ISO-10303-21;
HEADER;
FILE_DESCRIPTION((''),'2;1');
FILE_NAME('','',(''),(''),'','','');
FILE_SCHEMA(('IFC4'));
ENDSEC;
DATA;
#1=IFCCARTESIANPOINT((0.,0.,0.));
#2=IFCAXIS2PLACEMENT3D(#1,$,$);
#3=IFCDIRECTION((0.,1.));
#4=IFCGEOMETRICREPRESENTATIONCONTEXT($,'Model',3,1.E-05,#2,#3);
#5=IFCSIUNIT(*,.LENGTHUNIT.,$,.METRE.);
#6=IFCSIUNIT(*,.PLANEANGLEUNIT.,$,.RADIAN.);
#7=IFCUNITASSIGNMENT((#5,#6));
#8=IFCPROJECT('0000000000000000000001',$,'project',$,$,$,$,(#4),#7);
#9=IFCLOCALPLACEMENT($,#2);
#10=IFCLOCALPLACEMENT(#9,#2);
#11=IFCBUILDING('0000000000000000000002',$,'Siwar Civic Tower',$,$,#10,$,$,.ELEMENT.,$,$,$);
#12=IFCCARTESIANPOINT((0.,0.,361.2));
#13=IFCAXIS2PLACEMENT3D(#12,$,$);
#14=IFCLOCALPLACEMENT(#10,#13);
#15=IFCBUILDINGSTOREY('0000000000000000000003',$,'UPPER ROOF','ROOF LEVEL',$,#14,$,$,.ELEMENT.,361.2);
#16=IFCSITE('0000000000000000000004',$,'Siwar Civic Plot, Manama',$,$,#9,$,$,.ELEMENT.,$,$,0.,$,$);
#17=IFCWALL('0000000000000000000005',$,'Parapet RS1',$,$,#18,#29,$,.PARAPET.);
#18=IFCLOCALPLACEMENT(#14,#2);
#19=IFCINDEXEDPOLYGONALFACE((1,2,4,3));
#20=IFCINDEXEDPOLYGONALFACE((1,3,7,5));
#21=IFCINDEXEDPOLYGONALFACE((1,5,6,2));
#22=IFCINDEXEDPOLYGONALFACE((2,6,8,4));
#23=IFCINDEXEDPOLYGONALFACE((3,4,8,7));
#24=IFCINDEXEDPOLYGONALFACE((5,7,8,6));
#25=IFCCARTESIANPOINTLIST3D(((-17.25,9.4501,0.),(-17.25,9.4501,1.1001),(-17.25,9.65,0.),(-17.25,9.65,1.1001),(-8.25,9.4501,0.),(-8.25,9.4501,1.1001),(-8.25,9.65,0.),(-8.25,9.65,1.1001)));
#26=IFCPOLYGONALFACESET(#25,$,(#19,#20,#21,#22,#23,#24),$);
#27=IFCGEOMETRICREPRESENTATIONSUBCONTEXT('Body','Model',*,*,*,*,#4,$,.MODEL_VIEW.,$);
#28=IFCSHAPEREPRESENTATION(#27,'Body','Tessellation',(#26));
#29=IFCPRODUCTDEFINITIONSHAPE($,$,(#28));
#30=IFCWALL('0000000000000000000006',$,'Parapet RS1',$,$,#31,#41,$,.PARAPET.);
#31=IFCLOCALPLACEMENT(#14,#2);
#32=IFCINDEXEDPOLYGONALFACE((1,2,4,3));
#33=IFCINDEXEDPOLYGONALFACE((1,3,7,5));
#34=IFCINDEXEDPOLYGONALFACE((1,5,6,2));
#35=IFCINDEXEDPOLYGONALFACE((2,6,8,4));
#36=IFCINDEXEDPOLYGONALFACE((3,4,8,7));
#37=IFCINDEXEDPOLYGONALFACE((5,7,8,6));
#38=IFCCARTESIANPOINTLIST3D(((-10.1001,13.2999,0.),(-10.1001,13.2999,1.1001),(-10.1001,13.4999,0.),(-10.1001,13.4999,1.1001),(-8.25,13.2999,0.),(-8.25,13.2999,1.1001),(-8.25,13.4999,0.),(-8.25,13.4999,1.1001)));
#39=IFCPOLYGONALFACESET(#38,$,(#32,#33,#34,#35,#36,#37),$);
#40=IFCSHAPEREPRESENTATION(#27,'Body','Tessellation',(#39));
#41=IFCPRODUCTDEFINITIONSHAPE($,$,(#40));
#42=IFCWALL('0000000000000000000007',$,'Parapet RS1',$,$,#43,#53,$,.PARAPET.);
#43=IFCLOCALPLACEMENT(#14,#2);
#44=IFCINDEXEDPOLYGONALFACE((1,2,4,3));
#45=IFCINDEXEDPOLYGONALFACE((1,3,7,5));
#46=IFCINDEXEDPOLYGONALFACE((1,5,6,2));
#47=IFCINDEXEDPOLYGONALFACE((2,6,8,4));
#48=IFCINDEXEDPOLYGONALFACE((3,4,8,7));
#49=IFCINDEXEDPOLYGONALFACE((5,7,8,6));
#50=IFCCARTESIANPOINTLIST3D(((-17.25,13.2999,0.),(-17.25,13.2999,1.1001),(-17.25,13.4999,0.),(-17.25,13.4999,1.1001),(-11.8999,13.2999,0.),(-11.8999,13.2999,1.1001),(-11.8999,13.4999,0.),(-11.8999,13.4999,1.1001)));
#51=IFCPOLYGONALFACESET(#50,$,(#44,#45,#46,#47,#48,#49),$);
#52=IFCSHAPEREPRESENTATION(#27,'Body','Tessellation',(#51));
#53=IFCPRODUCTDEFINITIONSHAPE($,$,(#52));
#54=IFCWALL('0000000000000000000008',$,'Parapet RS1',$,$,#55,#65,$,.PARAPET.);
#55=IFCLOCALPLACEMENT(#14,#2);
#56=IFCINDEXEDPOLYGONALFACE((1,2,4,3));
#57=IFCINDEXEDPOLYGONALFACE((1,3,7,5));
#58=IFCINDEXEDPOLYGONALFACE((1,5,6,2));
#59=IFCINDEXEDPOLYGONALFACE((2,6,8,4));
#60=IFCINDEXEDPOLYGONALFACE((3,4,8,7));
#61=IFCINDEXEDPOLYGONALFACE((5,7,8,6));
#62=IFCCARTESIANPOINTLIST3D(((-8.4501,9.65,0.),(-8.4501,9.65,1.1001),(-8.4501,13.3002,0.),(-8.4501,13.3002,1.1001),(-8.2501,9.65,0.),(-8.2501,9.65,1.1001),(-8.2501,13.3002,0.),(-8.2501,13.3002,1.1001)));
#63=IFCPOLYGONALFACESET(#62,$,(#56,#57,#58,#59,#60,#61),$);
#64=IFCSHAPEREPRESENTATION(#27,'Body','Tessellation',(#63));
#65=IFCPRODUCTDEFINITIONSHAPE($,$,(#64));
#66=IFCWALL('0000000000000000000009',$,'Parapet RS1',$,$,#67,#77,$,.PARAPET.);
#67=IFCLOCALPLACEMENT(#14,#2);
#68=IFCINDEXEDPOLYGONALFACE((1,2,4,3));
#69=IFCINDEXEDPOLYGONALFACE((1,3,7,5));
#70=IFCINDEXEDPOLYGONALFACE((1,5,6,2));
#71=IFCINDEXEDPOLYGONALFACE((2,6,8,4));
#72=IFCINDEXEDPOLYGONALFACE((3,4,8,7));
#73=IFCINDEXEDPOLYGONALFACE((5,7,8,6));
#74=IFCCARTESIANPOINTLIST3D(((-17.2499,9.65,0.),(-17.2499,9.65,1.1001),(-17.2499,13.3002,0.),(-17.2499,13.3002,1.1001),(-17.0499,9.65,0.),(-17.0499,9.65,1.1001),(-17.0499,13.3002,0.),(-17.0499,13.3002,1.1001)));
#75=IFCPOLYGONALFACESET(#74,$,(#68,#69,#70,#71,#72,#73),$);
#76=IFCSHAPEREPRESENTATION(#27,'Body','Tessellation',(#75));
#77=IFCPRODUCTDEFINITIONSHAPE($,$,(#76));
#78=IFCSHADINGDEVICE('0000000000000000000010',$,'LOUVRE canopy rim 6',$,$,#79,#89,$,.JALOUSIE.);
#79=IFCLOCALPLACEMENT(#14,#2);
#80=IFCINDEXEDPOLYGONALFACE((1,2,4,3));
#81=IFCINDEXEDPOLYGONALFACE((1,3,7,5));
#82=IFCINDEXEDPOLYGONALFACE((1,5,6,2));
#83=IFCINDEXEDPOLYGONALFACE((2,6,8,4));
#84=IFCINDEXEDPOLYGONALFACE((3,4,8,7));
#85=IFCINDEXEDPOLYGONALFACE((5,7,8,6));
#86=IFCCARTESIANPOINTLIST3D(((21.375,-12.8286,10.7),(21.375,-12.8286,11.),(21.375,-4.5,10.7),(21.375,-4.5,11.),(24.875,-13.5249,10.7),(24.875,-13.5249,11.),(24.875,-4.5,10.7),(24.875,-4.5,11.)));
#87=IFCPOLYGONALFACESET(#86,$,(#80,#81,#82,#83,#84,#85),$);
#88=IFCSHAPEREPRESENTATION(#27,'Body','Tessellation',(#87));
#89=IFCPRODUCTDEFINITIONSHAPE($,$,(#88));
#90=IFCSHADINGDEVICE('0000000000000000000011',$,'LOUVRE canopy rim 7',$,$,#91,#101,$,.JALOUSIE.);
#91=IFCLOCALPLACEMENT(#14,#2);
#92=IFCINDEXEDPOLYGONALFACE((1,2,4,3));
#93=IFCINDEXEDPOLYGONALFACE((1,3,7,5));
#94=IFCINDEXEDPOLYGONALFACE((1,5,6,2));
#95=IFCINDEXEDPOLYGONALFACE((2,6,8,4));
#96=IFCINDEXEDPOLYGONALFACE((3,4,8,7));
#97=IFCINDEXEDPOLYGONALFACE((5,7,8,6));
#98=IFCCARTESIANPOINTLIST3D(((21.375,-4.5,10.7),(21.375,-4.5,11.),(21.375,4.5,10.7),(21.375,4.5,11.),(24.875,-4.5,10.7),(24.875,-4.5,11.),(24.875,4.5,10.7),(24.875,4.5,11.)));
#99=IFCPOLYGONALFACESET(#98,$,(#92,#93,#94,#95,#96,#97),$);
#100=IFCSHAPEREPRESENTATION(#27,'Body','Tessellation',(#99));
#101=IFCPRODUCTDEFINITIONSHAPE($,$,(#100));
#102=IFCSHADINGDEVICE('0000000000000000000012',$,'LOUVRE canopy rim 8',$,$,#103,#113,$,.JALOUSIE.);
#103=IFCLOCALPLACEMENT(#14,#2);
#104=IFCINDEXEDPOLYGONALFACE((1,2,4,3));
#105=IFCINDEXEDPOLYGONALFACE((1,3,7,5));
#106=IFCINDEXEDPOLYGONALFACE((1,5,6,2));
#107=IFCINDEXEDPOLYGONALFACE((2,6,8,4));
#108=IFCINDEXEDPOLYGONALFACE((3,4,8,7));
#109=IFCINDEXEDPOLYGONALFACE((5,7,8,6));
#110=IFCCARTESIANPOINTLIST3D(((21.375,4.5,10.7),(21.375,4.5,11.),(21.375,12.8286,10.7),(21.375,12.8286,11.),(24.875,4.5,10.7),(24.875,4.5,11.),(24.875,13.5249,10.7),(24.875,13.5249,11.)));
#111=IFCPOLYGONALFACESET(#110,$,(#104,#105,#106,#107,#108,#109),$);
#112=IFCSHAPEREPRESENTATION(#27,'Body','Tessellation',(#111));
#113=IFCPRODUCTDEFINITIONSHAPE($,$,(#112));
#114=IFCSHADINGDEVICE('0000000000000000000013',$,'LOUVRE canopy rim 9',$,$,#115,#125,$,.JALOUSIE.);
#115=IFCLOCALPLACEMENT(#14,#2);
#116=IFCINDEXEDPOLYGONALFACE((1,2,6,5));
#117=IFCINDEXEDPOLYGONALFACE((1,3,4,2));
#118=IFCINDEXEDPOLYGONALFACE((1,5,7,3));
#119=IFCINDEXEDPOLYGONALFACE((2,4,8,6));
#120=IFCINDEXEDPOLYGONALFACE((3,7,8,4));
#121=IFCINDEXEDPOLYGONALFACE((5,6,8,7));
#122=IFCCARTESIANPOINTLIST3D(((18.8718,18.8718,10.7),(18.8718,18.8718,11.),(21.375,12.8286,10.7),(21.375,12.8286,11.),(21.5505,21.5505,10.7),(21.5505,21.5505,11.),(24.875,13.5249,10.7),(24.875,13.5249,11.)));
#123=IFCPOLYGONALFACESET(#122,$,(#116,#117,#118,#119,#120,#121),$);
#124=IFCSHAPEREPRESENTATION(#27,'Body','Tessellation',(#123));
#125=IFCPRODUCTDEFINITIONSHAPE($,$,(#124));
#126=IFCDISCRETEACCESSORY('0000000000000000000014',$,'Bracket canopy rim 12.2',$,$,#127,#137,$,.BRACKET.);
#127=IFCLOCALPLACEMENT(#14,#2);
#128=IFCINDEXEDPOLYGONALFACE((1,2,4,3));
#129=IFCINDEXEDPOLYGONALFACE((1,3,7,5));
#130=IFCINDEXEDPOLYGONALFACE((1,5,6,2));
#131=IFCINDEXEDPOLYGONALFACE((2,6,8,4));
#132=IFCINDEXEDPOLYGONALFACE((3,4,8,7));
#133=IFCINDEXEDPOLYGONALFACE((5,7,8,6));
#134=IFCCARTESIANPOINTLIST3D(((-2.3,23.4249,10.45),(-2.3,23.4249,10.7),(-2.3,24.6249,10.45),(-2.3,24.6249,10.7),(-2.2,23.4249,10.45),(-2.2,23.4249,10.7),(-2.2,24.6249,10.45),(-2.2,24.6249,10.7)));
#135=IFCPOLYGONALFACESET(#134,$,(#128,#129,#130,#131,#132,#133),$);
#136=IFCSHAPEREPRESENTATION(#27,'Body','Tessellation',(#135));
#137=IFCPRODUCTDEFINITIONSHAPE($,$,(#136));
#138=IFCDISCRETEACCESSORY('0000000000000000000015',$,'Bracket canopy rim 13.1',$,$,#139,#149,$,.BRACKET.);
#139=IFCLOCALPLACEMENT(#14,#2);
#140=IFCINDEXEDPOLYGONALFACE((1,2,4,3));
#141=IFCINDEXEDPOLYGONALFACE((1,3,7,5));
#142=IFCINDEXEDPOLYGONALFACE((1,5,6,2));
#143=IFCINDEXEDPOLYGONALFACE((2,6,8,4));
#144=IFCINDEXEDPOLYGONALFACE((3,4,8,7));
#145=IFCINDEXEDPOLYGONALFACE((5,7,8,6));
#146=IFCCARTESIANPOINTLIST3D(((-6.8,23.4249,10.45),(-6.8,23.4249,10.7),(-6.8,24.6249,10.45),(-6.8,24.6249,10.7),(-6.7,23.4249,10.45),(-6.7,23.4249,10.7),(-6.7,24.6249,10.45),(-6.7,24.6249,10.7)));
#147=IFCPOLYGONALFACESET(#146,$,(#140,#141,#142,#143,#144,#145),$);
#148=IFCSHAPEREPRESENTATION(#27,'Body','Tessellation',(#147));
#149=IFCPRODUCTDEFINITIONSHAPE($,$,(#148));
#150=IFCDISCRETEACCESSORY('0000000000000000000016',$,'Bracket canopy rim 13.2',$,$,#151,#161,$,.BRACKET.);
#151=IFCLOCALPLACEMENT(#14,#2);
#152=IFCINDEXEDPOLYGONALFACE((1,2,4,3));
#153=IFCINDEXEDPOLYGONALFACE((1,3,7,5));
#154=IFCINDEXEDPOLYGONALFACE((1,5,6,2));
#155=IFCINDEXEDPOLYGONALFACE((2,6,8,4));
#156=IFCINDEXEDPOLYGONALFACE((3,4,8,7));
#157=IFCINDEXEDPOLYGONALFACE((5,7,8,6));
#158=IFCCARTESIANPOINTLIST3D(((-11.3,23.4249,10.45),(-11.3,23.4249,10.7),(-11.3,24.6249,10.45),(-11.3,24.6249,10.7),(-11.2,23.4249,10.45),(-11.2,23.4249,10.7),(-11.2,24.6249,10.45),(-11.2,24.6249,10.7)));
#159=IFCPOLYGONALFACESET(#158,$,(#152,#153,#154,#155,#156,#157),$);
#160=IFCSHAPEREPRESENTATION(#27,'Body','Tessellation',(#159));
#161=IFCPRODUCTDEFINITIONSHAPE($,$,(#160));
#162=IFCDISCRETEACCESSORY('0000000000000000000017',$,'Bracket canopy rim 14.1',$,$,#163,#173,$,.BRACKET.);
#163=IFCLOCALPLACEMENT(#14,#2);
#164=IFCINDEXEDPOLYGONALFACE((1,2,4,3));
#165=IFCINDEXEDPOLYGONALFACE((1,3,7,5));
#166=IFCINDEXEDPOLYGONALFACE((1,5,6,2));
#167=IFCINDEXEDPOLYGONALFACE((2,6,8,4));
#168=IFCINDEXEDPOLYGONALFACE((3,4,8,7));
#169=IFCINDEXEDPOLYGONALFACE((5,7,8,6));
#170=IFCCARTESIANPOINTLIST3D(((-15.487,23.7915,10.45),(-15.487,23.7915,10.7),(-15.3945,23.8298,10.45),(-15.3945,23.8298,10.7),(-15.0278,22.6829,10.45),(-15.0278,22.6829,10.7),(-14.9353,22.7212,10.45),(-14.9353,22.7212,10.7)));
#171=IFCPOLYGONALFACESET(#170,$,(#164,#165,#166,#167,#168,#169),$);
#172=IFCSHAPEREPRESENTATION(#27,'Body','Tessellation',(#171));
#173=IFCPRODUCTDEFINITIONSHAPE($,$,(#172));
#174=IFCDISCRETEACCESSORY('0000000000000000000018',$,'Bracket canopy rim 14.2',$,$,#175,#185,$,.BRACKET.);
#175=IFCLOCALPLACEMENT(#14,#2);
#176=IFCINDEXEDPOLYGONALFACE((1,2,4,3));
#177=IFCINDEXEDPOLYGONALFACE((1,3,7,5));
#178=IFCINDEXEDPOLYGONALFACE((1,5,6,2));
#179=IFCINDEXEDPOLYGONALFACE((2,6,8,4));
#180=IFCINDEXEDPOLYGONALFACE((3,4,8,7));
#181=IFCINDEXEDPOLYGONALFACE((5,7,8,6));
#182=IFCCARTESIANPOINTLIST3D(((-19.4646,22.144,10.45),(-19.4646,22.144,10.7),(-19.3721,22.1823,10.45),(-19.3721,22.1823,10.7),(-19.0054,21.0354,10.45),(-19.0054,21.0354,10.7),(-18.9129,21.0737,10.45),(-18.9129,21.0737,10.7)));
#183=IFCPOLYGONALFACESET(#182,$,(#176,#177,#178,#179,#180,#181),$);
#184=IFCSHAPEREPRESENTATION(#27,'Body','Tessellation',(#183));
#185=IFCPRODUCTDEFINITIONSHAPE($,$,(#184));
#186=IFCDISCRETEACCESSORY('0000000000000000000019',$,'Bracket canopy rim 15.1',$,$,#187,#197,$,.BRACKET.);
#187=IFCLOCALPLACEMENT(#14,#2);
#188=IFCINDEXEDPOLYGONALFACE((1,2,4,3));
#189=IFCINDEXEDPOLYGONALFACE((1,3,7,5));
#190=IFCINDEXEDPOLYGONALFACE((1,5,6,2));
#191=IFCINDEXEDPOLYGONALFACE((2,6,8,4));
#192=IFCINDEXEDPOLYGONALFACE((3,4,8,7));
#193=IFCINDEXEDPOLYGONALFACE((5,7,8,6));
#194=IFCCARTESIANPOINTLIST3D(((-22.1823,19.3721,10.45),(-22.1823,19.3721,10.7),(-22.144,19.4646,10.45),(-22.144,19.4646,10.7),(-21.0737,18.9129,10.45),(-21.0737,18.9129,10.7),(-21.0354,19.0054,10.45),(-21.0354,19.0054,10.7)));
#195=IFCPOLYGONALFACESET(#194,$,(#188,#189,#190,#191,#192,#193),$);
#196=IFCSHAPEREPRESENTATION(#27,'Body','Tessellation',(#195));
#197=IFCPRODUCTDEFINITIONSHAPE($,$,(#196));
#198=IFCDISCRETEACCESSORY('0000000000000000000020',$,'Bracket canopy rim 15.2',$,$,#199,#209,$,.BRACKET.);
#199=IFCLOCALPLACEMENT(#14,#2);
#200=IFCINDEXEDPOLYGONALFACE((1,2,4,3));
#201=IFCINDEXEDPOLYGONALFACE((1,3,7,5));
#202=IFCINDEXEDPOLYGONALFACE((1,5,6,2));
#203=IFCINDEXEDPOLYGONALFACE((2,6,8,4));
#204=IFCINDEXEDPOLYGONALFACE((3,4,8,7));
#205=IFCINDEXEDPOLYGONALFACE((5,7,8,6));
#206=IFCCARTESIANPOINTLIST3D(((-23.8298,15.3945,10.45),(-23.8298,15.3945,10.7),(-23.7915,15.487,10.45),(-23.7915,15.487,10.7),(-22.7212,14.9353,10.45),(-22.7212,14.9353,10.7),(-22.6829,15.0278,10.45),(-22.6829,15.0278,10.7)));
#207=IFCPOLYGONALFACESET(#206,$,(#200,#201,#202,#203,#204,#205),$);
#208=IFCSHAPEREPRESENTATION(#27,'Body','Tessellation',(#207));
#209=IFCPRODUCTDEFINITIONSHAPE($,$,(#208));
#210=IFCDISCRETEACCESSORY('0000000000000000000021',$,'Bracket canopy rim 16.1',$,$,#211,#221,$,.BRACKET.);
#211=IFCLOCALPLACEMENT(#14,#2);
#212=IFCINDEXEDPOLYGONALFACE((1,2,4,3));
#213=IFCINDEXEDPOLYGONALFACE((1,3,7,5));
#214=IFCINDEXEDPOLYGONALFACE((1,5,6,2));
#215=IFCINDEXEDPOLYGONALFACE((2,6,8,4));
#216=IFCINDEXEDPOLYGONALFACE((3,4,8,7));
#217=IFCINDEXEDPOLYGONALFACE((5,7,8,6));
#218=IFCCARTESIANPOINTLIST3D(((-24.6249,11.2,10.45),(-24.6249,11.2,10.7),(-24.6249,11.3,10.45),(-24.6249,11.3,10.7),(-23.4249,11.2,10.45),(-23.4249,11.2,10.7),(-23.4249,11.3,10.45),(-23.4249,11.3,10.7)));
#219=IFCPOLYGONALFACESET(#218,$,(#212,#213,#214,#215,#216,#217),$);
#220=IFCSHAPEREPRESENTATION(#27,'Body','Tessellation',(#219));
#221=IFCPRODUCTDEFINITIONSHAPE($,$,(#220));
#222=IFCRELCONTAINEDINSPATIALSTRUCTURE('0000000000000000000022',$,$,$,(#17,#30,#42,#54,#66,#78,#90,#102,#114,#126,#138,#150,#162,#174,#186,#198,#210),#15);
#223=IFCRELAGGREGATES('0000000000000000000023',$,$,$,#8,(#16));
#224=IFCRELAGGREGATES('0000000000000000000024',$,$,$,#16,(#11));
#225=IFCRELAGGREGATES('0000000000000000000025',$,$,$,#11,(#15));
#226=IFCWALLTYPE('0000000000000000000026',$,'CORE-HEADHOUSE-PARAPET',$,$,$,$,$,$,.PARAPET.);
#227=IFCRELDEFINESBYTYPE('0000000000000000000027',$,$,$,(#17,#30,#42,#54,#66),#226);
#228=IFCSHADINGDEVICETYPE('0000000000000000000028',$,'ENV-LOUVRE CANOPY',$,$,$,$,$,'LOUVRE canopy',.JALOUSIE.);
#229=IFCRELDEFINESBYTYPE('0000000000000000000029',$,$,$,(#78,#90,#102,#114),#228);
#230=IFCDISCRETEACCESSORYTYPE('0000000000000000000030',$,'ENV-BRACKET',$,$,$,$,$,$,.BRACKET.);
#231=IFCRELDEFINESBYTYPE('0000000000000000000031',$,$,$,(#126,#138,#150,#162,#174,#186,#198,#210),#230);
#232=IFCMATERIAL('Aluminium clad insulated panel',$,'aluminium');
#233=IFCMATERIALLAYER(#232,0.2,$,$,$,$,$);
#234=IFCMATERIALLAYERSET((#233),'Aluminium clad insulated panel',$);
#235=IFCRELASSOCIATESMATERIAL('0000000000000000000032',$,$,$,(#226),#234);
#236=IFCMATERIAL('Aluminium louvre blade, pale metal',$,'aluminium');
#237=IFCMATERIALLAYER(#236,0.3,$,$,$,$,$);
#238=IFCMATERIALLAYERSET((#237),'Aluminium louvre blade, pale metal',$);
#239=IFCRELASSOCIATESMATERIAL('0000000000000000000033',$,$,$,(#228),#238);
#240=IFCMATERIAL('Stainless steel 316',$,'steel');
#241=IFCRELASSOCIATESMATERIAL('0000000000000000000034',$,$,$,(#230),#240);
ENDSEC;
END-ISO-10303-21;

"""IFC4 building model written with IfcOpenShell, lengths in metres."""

from ifc_helpers import new_model, si_unit, direction, frame, frame_2d, origin, origin_2d, place, context, subcontext, project, spatial, polyline, rectangle, outline, extrude, material, layer, layer_set, type_object, element, save


model = new_model("IFC4")

# Units and contexts
model_context = context("Model", 3, precision=1e-05, world=origin(), true_north=direction((0.0, 1.0)))
body_context = subcontext(model_context, "Body", "Model", "MODEL_VIEW")
ifc_project = project(units=[si_unit("LENGTHUNIT", "METRE"), si_unit("PLANEANGLEUNIT", "RADIAN")], contexts=[model_context])

# Site, building, storey
site_placement = place(None, origin())
site = spatial("IfcSite", under=ifc_project, at=site_placement, Name="Siwar Civic Plot, Manama", CompositionType="ELEMENT", RefElevation=0.0)
building_placement = place(site_placement, origin())
building = spatial("IfcBuilding", under=site, at=building_placement, Name="Siwar Civic Tower", CompositionType="ELEMENT")
storey_placement = place(building_placement, frame((0.0, 0.0, 361.2)))
storey = spatial("IfcBuildingStorey", under=building, at=storey_placement, Name="UPPER ROOF", Description="ROOF LEVEL", CompositionType="ELEMENT", Elevation=361.2)

# Walls
ifc_material_1 = material(Name="Aluminium clad insulated panel", Category="aluminium")
ifc_layer_1 = layer(ifc_material_1, 0.2)
ifc_layer_set_1 = layer_set([ifc_layer_1], Name="Aluminium clad insulated panel")
wall_type = type_object("IfcWallType", Name="CORE-HEADHOUSE-PARAPET", PredefinedType="PARAPET", material=ifc_layer_set_1)
wall_1_placement = place(storey_placement, frame((-8.25, 9.55, 0.0), z_axis=(0.0, 0.0, 1.0), x_axis=(-1.0, 0.0, 0.0)))
element("IfcWall", 1, at=wall_1_placement, inside=storey, type_object=wall_type, Name="Parapet RS1", PredefinedType="PARAPET", context=body_context, shape_type="SweptSolid", body=[
    extrude(rectangle(XDim=9.0, YDim=0.2, at=frame_2d((4.5, 0.0))), origin(), (0.0, 0.0, 1.0), 1.1001),
])
wall_2_placement = place(storey_placement, frame((-8.25, 13.3999, 0.0), z_axis=(0.0, 0.0, 1.0), x_axis=(-1.0, 0.0, 0.0)))
element("IfcWall", 2, at=wall_2_placement, inside=storey, type_object=wall_type, Name="Parapet RS1", PredefinedType="PARAPET", context=body_context, shape_type="SweptSolid", body=[
    extrude(rectangle(XDim=1.8501, YDim=0.2, at=frame_2d((0.925, 0.0))), origin(), (0.0, 0.0, 1.0), 1.1001),
])
wall_3_placement = place(storey_placement, frame((-11.8999, 13.3999, 0.0), z_axis=(0.0, 0.0, 1.0), x_axis=(-1.0, 0.0, 0.0)))
element("IfcWall", 3, at=wall_3_placement, inside=storey, type_object=wall_type, Name="Parapet RS1", PredefinedType="PARAPET", context=body_context, shape_type="SweptSolid", body=[
    extrude(rectangle(XDim=5.3501, YDim=0.2, at=frame_2d((2.675, 0.0))), origin(), (0.0, 0.0, 1.0), 1.1001),
])
for number, where, z_axis, x_axis, name in (
    (4, (-8.3501, 9.6499, 0.0), (0.0, 0.0, 1.0), (0.0, 1.0, 0.0), "Parapet RS1"),
    (5, (-17.1499, 9.6499, 0.0), (0.0, 0.0, 1.0), (0.0, 1.0, 0.0), "Parapet RS1"),
):
    element("IfcWall", number, at=place(storey_placement, frame(where, z_axis=z_axis, x_axis=x_axis)), inside=storey, type_object=wall_type, Name=name, PredefinedType="PARAPET", context=body_context, shape_type="SweptSolid", body=[
        extrude(rectangle(XDim=3.6501, YDim=0.2, at=frame_2d((1.8252, 0.0))), origin(), (0.0, 0.0, 1.0), 1.1001),
    ])

# Shading devices
ifc_material_2 = material(Name="Aluminium louvre blade, pale metal", Category="aluminium")
ifc_layer_2 = layer(ifc_material_2, 0.3)
ifc_layer_set_2 = layer_set([ifc_layer_2], Name="Aluminium louvre blade, pale metal")
shading_device_type = type_object("IfcShadingDeviceType", Name="ENV-LOUVRE CANOPY", ElementType="LOUVRE canopy", PredefinedType="JALOUSIE", material=ifc_layer_set_2)
shading_device_1_placement = place(storey_placement, frame((0.0, 0.0, 10.7)))
element("IfcShadingDevice", 6, at=shading_device_1_placement, inside=storey, type_object=shading_device_type, Name="LOUVRE canopy rim 6", PredefinedType="JALOUSIE", context=body_context, shape_type="SweptSolid", body=[
    extrude(outline(polyline([(24.875, -13.5249), (24.875, -4.5), (21.375, -4.5), (21.375, -12.8286), (24.875, -13.5249)])), origin(), (0.0, 0.0, 1.0), 0.3),
])
shading_device_2_placement = place(storey_placement, frame((0.0, 0.0, 10.7)))
element("IfcShadingDevice", 7, at=shading_device_2_placement, inside=storey, type_object=shading_device_type, Name="LOUVRE canopy rim 7", PredefinedType="JALOUSIE", context=body_context, shape_type="SweptSolid", body=[
    extrude(outline(polyline([(24.875, -4.5), (24.875, 4.5), (21.375, 4.5), (21.375, -4.5), (24.875, -4.5)])), origin(), (0.0, 0.0, 1.0), 0.3),
])
shading_device_3_placement = place(storey_placement, frame((0.0, 0.0, 10.7)))
element("IfcShadingDevice", 8, at=shading_device_3_placement, inside=storey, type_object=shading_device_type, Name="LOUVRE canopy rim 8", PredefinedType="JALOUSIE", context=body_context, shape_type="SweptSolid", body=[
    extrude(outline(polyline([(24.875, 4.5), (24.875, 13.5249), (21.375, 12.8286), (21.375, 4.5), (24.875, 4.5)])), origin(), (0.0, 0.0, 1.0), 0.3),
])
shading_device_4_placement = place(storey_placement, frame((0.0, 0.0, 10.7)))
element("IfcShadingDevice", 9, at=shading_device_4_placement, inside=storey, type_object=shading_device_type, Name="LOUVRE canopy rim 9", PredefinedType="JALOUSIE", context=body_context, shape_type="SweptSolid", body=[
    extrude(outline(polyline([(24.875, 13.5249), (21.5505, 21.5505), (18.8718, 18.8718), (21.375, 12.8286), (24.875, 13.5249)])), origin(), (0.0, 0.0, 1.0), 0.3),
])

# Discrete accessories
ifc_material_3 = material(Name="Stainless steel 316", Category="steel")
discrete_accessory_type = type_object("IfcDiscreteAccessoryType", Name="ENV-BRACKET", PredefinedType="BRACKET", material=ifc_material_3)
for number, where, z_axis, x_axis, name in (
    (10, (-2.25, 24.0249, 10.45), (0.0, 0.0, 1.0), (-1.0, 0.0, 0.0), "Bracket canopy rim 12.2"),
    (11, (-6.75, 24.0249, 10.45), (0.0, 0.0, 1.0), (-1.0, 0.0, 0.0), "Bracket canopy rim 13.1"),
    (12, (-11.25, 24.0249, 10.45), (0.0, 0.0, 1.0), (-1.0, 0.0, 0.0), "Bracket canopy rim 13.2"),
    (13, (-15.2112, 23.2563, 10.45), (0.0, 0.0, 1.0), (-0.92388, -0.382683, 0.0), "Bracket canopy rim 14.1"),
    (14, (-19.1887, 21.6089, 10.45), (0.0, 0.0, 1.0), (-0.92388, -0.382683, 0.0), "Bracket canopy rim 14.2"),
    (15, (-21.6089, 19.1887, 10.45), (0.0, 0.0, 1.0), (-0.382683, -0.92388, 0.0), "Bracket canopy rim 15.1"),
    (16, (-23.2563, 15.2112, 10.45), (0.0, 0.0, 1.0), (-0.382683, -0.92388, 0.0), "Bracket canopy rim 15.2"),
    (17, (-24.0249, 11.25, 10.45), (0.0, 0.0, 1.0), (0.0, -1.0, 0.0), "Bracket canopy rim 16.1"),
):
    element("IfcDiscreteAccessory", number, at=place(storey_placement, frame(where, z_axis=z_axis, x_axis=x_axis)), inside=storey, type_object=discrete_accessory_type, Name=name, PredefinedType="BRACKET", context=body_context, shape_type="SweptSolid", body=[
        extrude(rectangle(XDim=0.1001, YDim=1.2, at=origin_2d()), origin(), (0.0, 0.0, 1.0), 0.25),
    ])

save(model, "model.ifc")
